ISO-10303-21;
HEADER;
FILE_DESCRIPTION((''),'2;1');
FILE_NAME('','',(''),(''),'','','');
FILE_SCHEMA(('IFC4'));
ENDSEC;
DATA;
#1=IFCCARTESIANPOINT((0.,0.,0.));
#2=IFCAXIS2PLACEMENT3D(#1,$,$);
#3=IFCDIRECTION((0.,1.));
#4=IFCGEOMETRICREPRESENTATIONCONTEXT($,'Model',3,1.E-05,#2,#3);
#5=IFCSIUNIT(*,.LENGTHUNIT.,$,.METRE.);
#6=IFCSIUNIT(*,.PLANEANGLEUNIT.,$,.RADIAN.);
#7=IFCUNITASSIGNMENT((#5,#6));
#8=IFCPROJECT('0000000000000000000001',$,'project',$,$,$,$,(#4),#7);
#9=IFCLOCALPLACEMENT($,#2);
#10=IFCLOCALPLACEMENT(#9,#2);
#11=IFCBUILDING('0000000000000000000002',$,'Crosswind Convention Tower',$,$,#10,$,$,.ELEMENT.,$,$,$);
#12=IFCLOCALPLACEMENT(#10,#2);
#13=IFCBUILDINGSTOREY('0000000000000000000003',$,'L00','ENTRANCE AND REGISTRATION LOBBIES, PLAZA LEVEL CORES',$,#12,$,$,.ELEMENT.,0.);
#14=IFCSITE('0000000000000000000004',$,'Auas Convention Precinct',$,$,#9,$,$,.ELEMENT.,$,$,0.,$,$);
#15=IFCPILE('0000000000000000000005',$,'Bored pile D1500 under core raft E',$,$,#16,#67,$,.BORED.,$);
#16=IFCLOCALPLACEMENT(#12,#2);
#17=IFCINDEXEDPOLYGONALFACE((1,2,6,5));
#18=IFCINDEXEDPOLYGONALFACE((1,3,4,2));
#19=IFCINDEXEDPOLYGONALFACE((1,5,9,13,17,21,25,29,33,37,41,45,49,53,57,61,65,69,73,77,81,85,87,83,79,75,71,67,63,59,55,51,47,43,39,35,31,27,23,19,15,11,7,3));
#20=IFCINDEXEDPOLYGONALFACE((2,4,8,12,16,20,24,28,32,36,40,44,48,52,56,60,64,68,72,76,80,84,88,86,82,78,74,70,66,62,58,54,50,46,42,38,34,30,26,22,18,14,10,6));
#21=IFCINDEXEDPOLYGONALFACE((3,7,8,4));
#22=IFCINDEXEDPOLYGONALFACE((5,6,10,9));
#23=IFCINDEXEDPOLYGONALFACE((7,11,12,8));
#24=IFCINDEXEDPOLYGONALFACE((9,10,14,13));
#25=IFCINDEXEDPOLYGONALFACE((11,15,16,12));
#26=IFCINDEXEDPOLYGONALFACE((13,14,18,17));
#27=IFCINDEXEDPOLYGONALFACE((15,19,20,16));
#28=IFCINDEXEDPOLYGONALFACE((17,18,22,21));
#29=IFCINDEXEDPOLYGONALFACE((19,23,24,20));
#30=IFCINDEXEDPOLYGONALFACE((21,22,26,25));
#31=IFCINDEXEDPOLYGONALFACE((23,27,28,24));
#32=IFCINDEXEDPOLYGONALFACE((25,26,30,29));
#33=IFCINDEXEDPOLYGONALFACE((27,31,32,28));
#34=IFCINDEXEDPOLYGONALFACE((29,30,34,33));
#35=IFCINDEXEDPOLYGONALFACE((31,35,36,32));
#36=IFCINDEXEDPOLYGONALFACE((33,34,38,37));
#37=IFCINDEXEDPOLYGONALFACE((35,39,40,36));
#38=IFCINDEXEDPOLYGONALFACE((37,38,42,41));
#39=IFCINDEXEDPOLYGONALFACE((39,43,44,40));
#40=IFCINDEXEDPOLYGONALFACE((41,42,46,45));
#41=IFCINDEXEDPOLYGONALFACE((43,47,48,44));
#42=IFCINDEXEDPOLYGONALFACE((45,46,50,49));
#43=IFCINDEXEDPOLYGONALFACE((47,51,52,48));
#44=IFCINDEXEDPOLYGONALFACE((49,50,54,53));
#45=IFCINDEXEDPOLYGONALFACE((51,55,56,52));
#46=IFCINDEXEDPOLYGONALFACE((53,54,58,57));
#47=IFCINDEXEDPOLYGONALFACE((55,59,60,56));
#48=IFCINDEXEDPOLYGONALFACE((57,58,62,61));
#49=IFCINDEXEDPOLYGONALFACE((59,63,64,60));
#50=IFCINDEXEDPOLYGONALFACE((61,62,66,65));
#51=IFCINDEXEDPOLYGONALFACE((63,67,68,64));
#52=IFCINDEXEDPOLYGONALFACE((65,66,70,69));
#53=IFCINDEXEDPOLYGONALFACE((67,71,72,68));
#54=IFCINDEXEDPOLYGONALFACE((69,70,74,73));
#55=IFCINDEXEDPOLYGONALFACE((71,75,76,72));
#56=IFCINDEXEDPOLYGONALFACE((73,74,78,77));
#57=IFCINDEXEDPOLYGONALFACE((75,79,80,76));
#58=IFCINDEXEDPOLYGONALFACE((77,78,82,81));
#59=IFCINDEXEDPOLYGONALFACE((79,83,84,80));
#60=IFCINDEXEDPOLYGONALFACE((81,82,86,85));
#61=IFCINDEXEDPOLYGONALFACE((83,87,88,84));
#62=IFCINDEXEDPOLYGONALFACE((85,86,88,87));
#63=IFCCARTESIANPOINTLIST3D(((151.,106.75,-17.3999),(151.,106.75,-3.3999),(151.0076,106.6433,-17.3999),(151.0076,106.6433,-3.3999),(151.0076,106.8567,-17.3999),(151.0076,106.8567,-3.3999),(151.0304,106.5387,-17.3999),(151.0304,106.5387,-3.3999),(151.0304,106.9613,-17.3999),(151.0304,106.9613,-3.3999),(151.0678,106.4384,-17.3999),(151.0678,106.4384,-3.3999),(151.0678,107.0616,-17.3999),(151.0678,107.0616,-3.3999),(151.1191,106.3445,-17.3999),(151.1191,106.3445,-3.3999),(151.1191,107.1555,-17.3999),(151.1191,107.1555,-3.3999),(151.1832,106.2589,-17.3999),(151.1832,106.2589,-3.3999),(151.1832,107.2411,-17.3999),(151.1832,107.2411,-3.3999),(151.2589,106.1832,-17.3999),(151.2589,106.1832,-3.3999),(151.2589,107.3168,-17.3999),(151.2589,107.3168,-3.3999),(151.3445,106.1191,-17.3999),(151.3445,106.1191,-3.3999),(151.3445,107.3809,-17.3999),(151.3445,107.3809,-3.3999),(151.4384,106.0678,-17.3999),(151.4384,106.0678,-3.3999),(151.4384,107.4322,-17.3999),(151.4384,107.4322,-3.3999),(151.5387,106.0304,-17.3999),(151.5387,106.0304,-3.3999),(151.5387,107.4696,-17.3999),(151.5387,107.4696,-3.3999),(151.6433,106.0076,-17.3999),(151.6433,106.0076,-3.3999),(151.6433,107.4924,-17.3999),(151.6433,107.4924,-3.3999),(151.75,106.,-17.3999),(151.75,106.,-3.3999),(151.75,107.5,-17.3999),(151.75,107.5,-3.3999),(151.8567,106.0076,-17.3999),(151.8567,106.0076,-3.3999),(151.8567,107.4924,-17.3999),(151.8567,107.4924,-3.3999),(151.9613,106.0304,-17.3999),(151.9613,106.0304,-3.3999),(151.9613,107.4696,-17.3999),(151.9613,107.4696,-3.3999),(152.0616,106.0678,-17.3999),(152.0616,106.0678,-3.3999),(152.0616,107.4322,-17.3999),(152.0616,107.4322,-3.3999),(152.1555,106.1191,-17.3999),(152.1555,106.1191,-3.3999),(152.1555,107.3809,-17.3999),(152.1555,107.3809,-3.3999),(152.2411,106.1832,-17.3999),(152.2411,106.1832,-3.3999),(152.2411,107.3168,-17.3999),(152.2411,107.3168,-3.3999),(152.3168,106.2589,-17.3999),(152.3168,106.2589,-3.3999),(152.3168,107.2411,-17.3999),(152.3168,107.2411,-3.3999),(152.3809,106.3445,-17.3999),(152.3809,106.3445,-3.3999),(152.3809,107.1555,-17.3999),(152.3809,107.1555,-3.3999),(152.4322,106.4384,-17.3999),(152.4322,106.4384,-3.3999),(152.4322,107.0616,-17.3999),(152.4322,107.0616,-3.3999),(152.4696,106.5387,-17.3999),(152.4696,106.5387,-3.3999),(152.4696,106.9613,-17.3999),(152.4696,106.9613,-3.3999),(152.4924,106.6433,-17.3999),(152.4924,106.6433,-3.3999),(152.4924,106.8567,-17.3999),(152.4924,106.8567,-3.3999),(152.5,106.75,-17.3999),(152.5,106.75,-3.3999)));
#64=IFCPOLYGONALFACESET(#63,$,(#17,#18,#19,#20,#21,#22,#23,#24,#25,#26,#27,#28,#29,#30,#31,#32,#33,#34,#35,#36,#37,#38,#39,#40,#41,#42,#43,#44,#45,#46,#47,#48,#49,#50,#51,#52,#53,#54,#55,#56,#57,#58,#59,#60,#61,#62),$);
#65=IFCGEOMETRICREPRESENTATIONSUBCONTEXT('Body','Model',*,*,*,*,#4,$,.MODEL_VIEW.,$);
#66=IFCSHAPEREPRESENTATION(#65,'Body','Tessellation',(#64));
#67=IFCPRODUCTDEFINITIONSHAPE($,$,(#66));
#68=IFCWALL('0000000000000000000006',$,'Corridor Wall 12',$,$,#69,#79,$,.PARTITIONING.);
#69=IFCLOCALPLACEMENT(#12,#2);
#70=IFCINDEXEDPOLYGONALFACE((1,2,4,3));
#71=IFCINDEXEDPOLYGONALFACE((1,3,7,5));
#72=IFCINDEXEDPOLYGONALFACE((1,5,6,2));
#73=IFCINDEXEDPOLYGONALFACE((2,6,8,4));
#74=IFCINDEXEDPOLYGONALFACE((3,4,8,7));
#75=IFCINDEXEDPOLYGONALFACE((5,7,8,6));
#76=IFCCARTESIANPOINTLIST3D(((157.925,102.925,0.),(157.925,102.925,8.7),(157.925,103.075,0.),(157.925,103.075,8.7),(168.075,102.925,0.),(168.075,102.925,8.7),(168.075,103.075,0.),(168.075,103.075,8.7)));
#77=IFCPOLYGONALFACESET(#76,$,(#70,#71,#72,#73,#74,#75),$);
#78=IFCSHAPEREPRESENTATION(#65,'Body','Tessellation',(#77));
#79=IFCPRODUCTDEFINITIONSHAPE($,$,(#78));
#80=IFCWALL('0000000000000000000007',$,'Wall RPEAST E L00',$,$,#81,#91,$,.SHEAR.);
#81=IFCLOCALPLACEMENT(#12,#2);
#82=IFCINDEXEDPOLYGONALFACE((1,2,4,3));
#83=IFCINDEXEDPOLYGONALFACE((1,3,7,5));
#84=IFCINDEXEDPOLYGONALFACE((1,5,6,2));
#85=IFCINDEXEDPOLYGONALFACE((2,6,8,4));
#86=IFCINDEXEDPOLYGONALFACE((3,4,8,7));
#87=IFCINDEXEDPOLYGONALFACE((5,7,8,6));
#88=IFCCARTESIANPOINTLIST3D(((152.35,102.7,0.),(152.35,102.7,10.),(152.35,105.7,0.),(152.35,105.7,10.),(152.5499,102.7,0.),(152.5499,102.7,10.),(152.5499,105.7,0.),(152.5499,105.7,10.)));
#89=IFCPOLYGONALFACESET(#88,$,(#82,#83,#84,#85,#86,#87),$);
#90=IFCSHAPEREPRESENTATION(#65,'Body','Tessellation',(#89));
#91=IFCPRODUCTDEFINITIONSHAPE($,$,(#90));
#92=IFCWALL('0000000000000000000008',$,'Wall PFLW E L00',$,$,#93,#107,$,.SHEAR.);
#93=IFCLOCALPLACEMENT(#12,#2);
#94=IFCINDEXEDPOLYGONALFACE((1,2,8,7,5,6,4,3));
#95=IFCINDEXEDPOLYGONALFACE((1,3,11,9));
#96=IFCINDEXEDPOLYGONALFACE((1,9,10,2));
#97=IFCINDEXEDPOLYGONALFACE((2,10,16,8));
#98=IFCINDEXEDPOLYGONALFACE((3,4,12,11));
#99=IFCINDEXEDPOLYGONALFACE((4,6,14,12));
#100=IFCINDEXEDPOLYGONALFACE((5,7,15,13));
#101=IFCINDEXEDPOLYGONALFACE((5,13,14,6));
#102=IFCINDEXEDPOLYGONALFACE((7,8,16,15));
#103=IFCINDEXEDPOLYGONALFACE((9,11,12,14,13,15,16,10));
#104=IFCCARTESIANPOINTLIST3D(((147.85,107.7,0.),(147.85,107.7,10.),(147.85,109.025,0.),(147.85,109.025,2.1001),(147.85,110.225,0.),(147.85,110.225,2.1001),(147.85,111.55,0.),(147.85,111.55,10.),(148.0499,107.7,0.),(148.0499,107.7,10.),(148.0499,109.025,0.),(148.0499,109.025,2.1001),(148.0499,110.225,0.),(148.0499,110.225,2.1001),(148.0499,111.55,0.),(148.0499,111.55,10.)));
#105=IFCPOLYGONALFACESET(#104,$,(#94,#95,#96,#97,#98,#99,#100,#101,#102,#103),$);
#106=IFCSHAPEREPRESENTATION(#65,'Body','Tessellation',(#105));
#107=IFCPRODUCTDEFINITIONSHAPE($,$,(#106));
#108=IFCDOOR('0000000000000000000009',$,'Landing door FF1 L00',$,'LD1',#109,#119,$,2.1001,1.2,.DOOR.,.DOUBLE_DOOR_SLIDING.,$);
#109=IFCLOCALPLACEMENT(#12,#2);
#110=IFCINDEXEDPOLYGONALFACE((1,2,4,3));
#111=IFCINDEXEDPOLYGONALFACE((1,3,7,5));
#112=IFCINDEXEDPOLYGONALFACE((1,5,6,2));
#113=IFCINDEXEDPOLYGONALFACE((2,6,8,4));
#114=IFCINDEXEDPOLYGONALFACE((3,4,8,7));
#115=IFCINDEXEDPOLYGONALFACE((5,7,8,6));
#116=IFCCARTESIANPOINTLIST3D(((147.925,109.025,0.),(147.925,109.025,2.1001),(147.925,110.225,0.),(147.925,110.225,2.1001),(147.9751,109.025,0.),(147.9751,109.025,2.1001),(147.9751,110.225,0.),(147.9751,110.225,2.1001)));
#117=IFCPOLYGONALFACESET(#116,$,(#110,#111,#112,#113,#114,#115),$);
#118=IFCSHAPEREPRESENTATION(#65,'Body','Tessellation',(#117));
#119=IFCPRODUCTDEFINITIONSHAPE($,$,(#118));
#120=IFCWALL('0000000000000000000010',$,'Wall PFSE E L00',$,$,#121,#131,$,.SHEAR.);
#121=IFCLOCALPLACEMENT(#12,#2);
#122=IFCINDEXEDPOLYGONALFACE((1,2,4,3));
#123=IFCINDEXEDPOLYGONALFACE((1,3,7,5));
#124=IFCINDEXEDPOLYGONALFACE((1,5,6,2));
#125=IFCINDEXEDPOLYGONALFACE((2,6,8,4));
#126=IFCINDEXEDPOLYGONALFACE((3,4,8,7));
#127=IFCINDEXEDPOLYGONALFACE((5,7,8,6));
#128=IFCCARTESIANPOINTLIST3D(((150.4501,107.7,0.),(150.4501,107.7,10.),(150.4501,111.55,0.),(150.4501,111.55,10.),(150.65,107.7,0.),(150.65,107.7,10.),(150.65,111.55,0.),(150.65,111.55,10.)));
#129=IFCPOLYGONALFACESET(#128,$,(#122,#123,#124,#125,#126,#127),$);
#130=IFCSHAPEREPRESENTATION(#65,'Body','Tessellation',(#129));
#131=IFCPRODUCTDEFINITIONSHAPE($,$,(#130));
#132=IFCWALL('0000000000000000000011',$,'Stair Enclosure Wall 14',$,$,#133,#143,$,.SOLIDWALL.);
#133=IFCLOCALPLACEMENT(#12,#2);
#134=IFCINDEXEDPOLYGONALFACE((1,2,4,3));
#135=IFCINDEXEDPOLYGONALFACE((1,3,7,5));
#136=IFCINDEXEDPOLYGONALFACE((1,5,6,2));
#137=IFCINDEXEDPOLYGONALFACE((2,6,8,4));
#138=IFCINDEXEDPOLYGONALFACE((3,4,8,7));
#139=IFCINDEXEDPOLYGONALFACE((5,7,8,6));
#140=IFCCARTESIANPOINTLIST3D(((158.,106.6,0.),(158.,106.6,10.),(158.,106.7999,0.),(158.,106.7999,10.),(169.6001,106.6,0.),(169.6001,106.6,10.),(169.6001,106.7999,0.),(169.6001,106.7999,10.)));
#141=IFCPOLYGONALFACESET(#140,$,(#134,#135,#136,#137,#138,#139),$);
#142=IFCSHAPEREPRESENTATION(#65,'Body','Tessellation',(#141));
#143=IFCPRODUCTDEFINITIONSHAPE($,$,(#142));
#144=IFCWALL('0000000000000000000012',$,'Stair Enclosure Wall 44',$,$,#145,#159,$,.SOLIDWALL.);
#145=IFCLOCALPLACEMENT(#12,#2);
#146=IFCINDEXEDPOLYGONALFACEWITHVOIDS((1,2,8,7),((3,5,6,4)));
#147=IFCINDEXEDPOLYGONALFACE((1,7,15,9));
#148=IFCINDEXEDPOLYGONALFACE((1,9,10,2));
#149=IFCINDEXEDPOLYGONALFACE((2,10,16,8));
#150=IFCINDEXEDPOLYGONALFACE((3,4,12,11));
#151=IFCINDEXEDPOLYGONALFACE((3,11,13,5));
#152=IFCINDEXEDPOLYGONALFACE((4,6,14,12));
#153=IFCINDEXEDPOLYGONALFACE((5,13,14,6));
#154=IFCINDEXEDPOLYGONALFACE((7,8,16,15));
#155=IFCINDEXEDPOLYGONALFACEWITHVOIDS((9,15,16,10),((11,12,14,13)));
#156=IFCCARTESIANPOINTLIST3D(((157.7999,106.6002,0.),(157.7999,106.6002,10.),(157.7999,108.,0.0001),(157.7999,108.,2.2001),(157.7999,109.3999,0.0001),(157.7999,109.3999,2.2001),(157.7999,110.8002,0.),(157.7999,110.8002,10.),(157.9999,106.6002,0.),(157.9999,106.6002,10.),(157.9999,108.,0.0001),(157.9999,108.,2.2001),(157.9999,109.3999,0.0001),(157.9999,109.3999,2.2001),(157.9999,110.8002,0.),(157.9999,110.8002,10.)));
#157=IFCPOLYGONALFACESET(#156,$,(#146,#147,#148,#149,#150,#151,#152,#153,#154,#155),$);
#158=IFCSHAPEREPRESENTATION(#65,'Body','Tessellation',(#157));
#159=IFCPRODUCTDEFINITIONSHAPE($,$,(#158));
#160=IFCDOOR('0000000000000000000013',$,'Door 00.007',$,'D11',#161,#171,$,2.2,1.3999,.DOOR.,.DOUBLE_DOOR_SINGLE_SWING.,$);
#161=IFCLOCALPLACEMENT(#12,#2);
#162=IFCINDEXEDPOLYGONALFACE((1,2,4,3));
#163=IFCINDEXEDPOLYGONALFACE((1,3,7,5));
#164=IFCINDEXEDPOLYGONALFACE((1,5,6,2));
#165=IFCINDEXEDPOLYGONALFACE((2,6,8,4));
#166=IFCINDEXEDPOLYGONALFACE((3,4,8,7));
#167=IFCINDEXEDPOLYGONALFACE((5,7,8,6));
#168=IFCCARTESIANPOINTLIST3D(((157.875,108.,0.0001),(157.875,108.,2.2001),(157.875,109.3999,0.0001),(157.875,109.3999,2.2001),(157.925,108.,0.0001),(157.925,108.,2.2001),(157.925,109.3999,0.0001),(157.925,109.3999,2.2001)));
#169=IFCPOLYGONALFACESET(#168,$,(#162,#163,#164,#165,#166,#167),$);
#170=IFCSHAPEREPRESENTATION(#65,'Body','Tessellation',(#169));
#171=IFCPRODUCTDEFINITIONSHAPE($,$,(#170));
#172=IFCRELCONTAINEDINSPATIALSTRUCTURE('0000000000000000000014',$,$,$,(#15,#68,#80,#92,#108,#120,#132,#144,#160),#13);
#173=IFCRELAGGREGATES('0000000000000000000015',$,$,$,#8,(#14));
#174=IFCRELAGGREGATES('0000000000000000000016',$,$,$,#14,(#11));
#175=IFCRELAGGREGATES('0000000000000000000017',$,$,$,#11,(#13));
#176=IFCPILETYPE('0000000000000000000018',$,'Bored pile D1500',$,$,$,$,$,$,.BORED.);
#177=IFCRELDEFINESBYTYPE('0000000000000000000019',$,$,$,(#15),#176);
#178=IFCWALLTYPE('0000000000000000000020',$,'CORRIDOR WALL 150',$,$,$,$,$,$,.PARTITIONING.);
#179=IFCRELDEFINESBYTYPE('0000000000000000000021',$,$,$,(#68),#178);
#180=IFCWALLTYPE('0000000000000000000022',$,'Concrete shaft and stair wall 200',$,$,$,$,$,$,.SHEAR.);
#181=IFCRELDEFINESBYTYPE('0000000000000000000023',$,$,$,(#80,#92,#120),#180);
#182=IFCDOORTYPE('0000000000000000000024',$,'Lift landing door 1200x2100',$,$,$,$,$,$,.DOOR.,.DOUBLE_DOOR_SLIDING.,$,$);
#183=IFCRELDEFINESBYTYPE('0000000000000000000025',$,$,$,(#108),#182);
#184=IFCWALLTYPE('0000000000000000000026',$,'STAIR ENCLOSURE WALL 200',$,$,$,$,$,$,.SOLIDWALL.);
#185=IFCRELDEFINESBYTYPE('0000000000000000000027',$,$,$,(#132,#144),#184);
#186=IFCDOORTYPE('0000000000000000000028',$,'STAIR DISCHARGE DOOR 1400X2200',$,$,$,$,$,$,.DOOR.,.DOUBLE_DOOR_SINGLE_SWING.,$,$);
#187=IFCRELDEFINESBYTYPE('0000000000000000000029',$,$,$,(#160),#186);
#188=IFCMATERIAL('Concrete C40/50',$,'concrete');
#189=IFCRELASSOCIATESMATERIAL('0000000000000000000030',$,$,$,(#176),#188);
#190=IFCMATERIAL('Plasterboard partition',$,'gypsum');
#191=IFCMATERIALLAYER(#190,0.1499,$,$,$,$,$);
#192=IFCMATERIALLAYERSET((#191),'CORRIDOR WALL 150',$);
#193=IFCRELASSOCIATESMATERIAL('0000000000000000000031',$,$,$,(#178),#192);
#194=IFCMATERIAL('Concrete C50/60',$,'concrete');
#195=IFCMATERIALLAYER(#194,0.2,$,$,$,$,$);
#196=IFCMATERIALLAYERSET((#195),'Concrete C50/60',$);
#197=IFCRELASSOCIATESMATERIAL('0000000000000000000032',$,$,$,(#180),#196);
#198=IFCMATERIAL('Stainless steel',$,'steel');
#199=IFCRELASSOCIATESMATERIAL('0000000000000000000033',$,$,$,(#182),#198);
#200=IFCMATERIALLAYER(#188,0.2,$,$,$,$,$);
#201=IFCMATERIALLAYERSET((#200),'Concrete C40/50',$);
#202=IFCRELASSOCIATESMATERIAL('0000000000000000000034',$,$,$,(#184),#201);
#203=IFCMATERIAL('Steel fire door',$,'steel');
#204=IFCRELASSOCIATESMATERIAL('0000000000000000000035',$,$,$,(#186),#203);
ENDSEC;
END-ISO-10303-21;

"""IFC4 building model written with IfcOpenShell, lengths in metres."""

from ifc_helpers import new_model, si_unit, direction, frame, frame_2d, origin, origin_2d, place, context, subcontext, project, spatial, rectangle, circle, extrude, material, layer, layer_set, material_profile, profile_set, type_object, element, fill, save


model = new_model("IFC4")

# Units and contexts
model_context = context("Model", 3, precision=1e-05, world=origin(), true_north=direction((0.0, 1.0)))
body_context = subcontext(model_context, "Body", "Model", "MODEL_VIEW")
ifc_project = project(units=[si_unit("LENGTHUNIT", "METRE"), si_unit("PLANEANGLEUNIT", "RADIAN")], contexts=[model_context])

# Site, building, storey
site_placement = place(None, origin())
site = spatial("IfcSite", under=ifc_project, at=site_placement, Name="Auas Convention Precinct", CompositionType="ELEMENT", RefElevation=0.0)
building_placement = place(site_placement, origin())
building = spatial("IfcBuilding", under=site, at=building_placement, Name="Crosswind Convention Tower", CompositionType="ELEMENT")
storey_placement = place(building_placement, origin())
storey = spatial("IfcBuildingStorey", under=building, at=storey_placement, Name="L00", Description="ENTRANCE AND REGISTRATION LOBBIES, PLAZA LEVEL CORES", CompositionType="ELEMENT", Elevation=0.0)

# Pile
ifc_material_1 = material(Name="Concrete C40/50", Category="concrete")
ifc_material_profile = material_profile(ifc_material_1, circle(Radius=0.75, at=origin_2d()), Name="Bored pile D1500")
ifc_profile_set = profile_set([ifc_material_profile], Name="Concrete C40/50")
pile_type = type_object("IfcPileType", Name="Bored pile D1500", PredefinedType="BORED", material=ifc_profile_set)
for number, where, z_axis, x_axis, name in (
    (1, (151.75, 106.75, -3.3999), (0.0, 0.0, -1.0), (1.0, 0.0, 0.0), "Bored pile D1500 under core raft E"),
):
    element("IfcPile", number, at=place(storey_placement, frame(where, z_axis=z_axis, x_axis=x_axis)), inside=storey, type_object=pile_type, Name=name, PredefinedType="BORED", context=body_context, shape_type="SweptSolid", body=[
        extrude(circle(Radius=0.75, at=origin_2d()), origin(), (0.0, 0.0, 1.0), 14.0),
    ])

# Walls
ifc_material_2 = material(Name="Plasterboard partition", Category="gypsum")
ifc_layer_1 = layer(ifc_material_2, 0.1499)
ifc_layer_set_1 = layer_set([ifc_layer_1], Name="CORRIDOR WALL 150")
wall_type_1 = type_object("IfcWallType", Name="CORRIDOR WALL 150", PredefinedType="PARTITIONING", material=ifc_layer_set_1)
wall_1_placement = place(storey_placement, frame((157.925, 103.0, 0.0), z_axis=(0.0, 0.0, 1.0), x_axis=(1.0, 0.0, 0.0)))
element("IfcWall", 2, at=wall_1_placement, inside=storey, type_object=wall_type_1, Name="Corridor Wall 12", PredefinedType="PARTITIONING", context=body_context, shape_type="SweptSolid", body=[
    extrude(rectangle(XDim=10.1499, YDim=0.1499, at=frame_2d((5.075, 0.0))), origin(), (0.0, 0.0, 1.0), 8.7),
])
ifc_material_3 = material(Name="Concrete C50/60", Category="concrete")
ifc_layer_2 = layer(ifc_material_3, 0.2)
ifc_layer_set_2 = layer_set([ifc_layer_2], Name="Concrete C50/60")
wall_type_2 = type_object("IfcWallType", Name="Concrete shaft and stair wall 200", PredefinedType="SHEAR", material=ifc_layer_set_2)
wall_2_placement = place(storey_placement, frame((152.45, 102.7, 0.0), z_axis=(0.0, 0.0, 1.0), x_axis=(0.0, 1.0, 0.0)))
element("IfcWall", 3, at=wall_2_placement, inside=storey, type_object=wall_type_2, Name="Wall RPEAST E L00", PredefinedType="SHEAR", context=body_context, shape_type="SweptSolid", body=[
    extrude(rectangle(XDim=3.0, YDim=0.2, at=frame_2d((1.5, 0.0))), origin(), (0.0, 0.0, 1.0), 10.0),
])

# Wall, opening, door
wall_3_placement = place(storey_placement, frame((147.95, 107.7, 0.0), z_axis=(0.0, 0.0, 1.0), x_axis=(0.0, 1.0, 0.0)))
wall_3 = element("IfcWall", 4, at=wall_3_placement, inside=storey, type_object=wall_type_2, Name="Wall PFLW E L00", PredefinedType="SHEAR", context=body_context, shape_type="SweptSolid", body=[
    extrude(rectangle(XDim=3.8501, YDim=0.2, at=frame_2d((1.925, 0.0))), origin(), (0.0, 0.0, 1.0), 10.0),
])
opening_1_placement = place(wall_3_placement, frame((1.325, 0.0, 0.0)))
opening_1 = element("IfcOpeningElement", 5, at=opening_1_placement, cuts=wall_3, PredefinedType="OPENING", context=body_context, shape_type="SweptSolid", body=[
    extrude(rectangle(XDim=1.2, YDim=2.1001, at=frame_2d((0.6001, 1.05))), frame((0.0, 0.1099, 0.0), z_axis=(0.0, -1.0, 0.0), x_axis=(1.0, 0.0, 0.0)), (0.0, 0.0, 1.0), 0.22),
])
ifc_material_4 = material(Name="Stainless steel", Category="steel")
door_type_1 = type_object("IfcDoorType", Name="Lift landing door 1200x2100", OperationType="DOUBLE_DOOR_SLIDING", PredefinedType="DOOR", material=ifc_material_4)
door_1_placement = place(opening_1_placement, origin())
door_1 = element("IfcDoor", 6, at=door_1_placement, inside=storey, type_object=door_type_1, Name="Landing door FF1 L00", ObjectType="LD1", OperationType="DOUBLE_DOOR_SLIDING", OverallHeight=2.1001, OverallWidth=1.2, PredefinedType="DOOR", context=body_context, shape_type="SweptSolid", body=[
    extrude(rectangle(XDim=1.2, YDim=2.1001, at=frame_2d((0.6001, 1.05))), frame((0.0, 0.0249, 0.0), z_axis=(0.0, -1.0, 0.0), x_axis=(1.0, 0.0, 0.0)), (0.0, 0.0, 1.0), 0.05),
])
fill(opening_1, door_1)

# Walls
wall_4_placement = place(storey_placement, frame((150.55, 107.7, 0.0), z_axis=(0.0, 0.0, 1.0), x_axis=(0.0, 1.0, 0.0)))
element("IfcWall", 7, at=wall_4_placement, inside=storey, type_object=wall_type_2, Name="Wall PFSE E L00", PredefinedType="SHEAR", context=body_context, shape_type="SweptSolid", body=[
    extrude(rectangle(XDim=3.8501, YDim=0.2, at=frame_2d((1.925, 0.0))), origin(), (0.0, 0.0, 1.0), 10.0),
])
ifc_layer_3 = layer(ifc_material_1, 0.2)
ifc_layer_set_3 = layer_set([ifc_layer_3], Name="Concrete C40/50")
wall_type_3 = type_object("IfcWallType", Name="STAIR ENCLOSURE WALL 200", PredefinedType="SOLIDWALL", material=ifc_layer_set_3)
wall_5_placement = place(storey_placement, frame((158.0, 106.7, 0.0), z_axis=(0.0, 0.0, 1.0), x_axis=(1.0, 0.0, 0.0)))
element("IfcWall", 8, at=wall_5_placement, inside=storey, type_object=wall_type_3, Name="Stair Enclosure Wall 14", PredefinedType="SOLIDWALL", context=body_context, shape_type="SweptSolid", body=[
    extrude(rectangle(XDim=11.6001, YDim=0.2, at=frame_2d((5.8, 0.0))), origin(), (0.0, 0.0, 1.0), 10.0),
])

# Wall, opening, door
wall_6_placement = place(storey_placement, frame((157.8999, 106.6001, 0.0), z_axis=(0.0, 0.0, 1.0), x_axis=(0.0, 1.0, 0.0)))
wall_6 = element("IfcWall", 9, at=wall_6_placement, inside=storey, type_object=wall_type_3, Name="Stair Enclosure Wall 44", PredefinedType="SOLIDWALL", context=body_context, shape_type="SweptSolid", body=[
    extrude(rectangle(XDim=4.2, YDim=0.2, at=frame_2d((2.1001, 0.0))), origin(), (0.0, 0.0, 1.0), 10.0),
])
opening_2_placement = place(wall_6_placement, frame((1.3999, 0.0, 0.0)))
opening_2 = element("IfcOpeningElement", 10, at=opening_2_placement, cuts=wall_6, PredefinedType="OPENING", context=body_context, shape_type="SweptSolid", body=[
    extrude(rectangle(XDim=1.3999, YDim=2.2, at=frame_2d((0.7, 1.1001))), frame((0.0, 0.1099, 0.0), z_axis=(0.0, -1.0, 0.0), x_axis=(1.0, 0.0, 0.0)), (0.0, 0.0, 1.0), 0.22),
])
ifc_material_5 = material(Name="Steel fire door", Category="steel")
door_type_2 = type_object("IfcDoorType", Name="STAIR DISCHARGE DOOR 1400X2200", OperationType="DOUBLE_DOOR_SINGLE_SWING", PredefinedType="DOOR", material=ifc_material_5)
door_2_placement = place(opening_2_placement, origin())
door_2 = element("IfcDoor", 11, at=door_2_placement, inside=storey, type_object=door_type_2, Name="Door 00.007", ObjectType="D11", OperationType="DOUBLE_DOOR_SINGLE_SWING", OverallHeight=2.2, OverallWidth=1.3999, PredefinedType="DOOR", context=body_context, shape_type="SweptSolid", body=[
    extrude(rectangle(XDim=1.3999, YDim=2.2, at=frame_2d((0.7, 1.1001))), frame((0.0, 0.0249, 0.0), z_axis=(0.0, -1.0, 0.0), x_axis=(1.0, 0.0, 0.0)), (0.0, 0.0, 1.0), 0.05),
])
fill(opening_2, door_2)

save(model, "model.ifc")
